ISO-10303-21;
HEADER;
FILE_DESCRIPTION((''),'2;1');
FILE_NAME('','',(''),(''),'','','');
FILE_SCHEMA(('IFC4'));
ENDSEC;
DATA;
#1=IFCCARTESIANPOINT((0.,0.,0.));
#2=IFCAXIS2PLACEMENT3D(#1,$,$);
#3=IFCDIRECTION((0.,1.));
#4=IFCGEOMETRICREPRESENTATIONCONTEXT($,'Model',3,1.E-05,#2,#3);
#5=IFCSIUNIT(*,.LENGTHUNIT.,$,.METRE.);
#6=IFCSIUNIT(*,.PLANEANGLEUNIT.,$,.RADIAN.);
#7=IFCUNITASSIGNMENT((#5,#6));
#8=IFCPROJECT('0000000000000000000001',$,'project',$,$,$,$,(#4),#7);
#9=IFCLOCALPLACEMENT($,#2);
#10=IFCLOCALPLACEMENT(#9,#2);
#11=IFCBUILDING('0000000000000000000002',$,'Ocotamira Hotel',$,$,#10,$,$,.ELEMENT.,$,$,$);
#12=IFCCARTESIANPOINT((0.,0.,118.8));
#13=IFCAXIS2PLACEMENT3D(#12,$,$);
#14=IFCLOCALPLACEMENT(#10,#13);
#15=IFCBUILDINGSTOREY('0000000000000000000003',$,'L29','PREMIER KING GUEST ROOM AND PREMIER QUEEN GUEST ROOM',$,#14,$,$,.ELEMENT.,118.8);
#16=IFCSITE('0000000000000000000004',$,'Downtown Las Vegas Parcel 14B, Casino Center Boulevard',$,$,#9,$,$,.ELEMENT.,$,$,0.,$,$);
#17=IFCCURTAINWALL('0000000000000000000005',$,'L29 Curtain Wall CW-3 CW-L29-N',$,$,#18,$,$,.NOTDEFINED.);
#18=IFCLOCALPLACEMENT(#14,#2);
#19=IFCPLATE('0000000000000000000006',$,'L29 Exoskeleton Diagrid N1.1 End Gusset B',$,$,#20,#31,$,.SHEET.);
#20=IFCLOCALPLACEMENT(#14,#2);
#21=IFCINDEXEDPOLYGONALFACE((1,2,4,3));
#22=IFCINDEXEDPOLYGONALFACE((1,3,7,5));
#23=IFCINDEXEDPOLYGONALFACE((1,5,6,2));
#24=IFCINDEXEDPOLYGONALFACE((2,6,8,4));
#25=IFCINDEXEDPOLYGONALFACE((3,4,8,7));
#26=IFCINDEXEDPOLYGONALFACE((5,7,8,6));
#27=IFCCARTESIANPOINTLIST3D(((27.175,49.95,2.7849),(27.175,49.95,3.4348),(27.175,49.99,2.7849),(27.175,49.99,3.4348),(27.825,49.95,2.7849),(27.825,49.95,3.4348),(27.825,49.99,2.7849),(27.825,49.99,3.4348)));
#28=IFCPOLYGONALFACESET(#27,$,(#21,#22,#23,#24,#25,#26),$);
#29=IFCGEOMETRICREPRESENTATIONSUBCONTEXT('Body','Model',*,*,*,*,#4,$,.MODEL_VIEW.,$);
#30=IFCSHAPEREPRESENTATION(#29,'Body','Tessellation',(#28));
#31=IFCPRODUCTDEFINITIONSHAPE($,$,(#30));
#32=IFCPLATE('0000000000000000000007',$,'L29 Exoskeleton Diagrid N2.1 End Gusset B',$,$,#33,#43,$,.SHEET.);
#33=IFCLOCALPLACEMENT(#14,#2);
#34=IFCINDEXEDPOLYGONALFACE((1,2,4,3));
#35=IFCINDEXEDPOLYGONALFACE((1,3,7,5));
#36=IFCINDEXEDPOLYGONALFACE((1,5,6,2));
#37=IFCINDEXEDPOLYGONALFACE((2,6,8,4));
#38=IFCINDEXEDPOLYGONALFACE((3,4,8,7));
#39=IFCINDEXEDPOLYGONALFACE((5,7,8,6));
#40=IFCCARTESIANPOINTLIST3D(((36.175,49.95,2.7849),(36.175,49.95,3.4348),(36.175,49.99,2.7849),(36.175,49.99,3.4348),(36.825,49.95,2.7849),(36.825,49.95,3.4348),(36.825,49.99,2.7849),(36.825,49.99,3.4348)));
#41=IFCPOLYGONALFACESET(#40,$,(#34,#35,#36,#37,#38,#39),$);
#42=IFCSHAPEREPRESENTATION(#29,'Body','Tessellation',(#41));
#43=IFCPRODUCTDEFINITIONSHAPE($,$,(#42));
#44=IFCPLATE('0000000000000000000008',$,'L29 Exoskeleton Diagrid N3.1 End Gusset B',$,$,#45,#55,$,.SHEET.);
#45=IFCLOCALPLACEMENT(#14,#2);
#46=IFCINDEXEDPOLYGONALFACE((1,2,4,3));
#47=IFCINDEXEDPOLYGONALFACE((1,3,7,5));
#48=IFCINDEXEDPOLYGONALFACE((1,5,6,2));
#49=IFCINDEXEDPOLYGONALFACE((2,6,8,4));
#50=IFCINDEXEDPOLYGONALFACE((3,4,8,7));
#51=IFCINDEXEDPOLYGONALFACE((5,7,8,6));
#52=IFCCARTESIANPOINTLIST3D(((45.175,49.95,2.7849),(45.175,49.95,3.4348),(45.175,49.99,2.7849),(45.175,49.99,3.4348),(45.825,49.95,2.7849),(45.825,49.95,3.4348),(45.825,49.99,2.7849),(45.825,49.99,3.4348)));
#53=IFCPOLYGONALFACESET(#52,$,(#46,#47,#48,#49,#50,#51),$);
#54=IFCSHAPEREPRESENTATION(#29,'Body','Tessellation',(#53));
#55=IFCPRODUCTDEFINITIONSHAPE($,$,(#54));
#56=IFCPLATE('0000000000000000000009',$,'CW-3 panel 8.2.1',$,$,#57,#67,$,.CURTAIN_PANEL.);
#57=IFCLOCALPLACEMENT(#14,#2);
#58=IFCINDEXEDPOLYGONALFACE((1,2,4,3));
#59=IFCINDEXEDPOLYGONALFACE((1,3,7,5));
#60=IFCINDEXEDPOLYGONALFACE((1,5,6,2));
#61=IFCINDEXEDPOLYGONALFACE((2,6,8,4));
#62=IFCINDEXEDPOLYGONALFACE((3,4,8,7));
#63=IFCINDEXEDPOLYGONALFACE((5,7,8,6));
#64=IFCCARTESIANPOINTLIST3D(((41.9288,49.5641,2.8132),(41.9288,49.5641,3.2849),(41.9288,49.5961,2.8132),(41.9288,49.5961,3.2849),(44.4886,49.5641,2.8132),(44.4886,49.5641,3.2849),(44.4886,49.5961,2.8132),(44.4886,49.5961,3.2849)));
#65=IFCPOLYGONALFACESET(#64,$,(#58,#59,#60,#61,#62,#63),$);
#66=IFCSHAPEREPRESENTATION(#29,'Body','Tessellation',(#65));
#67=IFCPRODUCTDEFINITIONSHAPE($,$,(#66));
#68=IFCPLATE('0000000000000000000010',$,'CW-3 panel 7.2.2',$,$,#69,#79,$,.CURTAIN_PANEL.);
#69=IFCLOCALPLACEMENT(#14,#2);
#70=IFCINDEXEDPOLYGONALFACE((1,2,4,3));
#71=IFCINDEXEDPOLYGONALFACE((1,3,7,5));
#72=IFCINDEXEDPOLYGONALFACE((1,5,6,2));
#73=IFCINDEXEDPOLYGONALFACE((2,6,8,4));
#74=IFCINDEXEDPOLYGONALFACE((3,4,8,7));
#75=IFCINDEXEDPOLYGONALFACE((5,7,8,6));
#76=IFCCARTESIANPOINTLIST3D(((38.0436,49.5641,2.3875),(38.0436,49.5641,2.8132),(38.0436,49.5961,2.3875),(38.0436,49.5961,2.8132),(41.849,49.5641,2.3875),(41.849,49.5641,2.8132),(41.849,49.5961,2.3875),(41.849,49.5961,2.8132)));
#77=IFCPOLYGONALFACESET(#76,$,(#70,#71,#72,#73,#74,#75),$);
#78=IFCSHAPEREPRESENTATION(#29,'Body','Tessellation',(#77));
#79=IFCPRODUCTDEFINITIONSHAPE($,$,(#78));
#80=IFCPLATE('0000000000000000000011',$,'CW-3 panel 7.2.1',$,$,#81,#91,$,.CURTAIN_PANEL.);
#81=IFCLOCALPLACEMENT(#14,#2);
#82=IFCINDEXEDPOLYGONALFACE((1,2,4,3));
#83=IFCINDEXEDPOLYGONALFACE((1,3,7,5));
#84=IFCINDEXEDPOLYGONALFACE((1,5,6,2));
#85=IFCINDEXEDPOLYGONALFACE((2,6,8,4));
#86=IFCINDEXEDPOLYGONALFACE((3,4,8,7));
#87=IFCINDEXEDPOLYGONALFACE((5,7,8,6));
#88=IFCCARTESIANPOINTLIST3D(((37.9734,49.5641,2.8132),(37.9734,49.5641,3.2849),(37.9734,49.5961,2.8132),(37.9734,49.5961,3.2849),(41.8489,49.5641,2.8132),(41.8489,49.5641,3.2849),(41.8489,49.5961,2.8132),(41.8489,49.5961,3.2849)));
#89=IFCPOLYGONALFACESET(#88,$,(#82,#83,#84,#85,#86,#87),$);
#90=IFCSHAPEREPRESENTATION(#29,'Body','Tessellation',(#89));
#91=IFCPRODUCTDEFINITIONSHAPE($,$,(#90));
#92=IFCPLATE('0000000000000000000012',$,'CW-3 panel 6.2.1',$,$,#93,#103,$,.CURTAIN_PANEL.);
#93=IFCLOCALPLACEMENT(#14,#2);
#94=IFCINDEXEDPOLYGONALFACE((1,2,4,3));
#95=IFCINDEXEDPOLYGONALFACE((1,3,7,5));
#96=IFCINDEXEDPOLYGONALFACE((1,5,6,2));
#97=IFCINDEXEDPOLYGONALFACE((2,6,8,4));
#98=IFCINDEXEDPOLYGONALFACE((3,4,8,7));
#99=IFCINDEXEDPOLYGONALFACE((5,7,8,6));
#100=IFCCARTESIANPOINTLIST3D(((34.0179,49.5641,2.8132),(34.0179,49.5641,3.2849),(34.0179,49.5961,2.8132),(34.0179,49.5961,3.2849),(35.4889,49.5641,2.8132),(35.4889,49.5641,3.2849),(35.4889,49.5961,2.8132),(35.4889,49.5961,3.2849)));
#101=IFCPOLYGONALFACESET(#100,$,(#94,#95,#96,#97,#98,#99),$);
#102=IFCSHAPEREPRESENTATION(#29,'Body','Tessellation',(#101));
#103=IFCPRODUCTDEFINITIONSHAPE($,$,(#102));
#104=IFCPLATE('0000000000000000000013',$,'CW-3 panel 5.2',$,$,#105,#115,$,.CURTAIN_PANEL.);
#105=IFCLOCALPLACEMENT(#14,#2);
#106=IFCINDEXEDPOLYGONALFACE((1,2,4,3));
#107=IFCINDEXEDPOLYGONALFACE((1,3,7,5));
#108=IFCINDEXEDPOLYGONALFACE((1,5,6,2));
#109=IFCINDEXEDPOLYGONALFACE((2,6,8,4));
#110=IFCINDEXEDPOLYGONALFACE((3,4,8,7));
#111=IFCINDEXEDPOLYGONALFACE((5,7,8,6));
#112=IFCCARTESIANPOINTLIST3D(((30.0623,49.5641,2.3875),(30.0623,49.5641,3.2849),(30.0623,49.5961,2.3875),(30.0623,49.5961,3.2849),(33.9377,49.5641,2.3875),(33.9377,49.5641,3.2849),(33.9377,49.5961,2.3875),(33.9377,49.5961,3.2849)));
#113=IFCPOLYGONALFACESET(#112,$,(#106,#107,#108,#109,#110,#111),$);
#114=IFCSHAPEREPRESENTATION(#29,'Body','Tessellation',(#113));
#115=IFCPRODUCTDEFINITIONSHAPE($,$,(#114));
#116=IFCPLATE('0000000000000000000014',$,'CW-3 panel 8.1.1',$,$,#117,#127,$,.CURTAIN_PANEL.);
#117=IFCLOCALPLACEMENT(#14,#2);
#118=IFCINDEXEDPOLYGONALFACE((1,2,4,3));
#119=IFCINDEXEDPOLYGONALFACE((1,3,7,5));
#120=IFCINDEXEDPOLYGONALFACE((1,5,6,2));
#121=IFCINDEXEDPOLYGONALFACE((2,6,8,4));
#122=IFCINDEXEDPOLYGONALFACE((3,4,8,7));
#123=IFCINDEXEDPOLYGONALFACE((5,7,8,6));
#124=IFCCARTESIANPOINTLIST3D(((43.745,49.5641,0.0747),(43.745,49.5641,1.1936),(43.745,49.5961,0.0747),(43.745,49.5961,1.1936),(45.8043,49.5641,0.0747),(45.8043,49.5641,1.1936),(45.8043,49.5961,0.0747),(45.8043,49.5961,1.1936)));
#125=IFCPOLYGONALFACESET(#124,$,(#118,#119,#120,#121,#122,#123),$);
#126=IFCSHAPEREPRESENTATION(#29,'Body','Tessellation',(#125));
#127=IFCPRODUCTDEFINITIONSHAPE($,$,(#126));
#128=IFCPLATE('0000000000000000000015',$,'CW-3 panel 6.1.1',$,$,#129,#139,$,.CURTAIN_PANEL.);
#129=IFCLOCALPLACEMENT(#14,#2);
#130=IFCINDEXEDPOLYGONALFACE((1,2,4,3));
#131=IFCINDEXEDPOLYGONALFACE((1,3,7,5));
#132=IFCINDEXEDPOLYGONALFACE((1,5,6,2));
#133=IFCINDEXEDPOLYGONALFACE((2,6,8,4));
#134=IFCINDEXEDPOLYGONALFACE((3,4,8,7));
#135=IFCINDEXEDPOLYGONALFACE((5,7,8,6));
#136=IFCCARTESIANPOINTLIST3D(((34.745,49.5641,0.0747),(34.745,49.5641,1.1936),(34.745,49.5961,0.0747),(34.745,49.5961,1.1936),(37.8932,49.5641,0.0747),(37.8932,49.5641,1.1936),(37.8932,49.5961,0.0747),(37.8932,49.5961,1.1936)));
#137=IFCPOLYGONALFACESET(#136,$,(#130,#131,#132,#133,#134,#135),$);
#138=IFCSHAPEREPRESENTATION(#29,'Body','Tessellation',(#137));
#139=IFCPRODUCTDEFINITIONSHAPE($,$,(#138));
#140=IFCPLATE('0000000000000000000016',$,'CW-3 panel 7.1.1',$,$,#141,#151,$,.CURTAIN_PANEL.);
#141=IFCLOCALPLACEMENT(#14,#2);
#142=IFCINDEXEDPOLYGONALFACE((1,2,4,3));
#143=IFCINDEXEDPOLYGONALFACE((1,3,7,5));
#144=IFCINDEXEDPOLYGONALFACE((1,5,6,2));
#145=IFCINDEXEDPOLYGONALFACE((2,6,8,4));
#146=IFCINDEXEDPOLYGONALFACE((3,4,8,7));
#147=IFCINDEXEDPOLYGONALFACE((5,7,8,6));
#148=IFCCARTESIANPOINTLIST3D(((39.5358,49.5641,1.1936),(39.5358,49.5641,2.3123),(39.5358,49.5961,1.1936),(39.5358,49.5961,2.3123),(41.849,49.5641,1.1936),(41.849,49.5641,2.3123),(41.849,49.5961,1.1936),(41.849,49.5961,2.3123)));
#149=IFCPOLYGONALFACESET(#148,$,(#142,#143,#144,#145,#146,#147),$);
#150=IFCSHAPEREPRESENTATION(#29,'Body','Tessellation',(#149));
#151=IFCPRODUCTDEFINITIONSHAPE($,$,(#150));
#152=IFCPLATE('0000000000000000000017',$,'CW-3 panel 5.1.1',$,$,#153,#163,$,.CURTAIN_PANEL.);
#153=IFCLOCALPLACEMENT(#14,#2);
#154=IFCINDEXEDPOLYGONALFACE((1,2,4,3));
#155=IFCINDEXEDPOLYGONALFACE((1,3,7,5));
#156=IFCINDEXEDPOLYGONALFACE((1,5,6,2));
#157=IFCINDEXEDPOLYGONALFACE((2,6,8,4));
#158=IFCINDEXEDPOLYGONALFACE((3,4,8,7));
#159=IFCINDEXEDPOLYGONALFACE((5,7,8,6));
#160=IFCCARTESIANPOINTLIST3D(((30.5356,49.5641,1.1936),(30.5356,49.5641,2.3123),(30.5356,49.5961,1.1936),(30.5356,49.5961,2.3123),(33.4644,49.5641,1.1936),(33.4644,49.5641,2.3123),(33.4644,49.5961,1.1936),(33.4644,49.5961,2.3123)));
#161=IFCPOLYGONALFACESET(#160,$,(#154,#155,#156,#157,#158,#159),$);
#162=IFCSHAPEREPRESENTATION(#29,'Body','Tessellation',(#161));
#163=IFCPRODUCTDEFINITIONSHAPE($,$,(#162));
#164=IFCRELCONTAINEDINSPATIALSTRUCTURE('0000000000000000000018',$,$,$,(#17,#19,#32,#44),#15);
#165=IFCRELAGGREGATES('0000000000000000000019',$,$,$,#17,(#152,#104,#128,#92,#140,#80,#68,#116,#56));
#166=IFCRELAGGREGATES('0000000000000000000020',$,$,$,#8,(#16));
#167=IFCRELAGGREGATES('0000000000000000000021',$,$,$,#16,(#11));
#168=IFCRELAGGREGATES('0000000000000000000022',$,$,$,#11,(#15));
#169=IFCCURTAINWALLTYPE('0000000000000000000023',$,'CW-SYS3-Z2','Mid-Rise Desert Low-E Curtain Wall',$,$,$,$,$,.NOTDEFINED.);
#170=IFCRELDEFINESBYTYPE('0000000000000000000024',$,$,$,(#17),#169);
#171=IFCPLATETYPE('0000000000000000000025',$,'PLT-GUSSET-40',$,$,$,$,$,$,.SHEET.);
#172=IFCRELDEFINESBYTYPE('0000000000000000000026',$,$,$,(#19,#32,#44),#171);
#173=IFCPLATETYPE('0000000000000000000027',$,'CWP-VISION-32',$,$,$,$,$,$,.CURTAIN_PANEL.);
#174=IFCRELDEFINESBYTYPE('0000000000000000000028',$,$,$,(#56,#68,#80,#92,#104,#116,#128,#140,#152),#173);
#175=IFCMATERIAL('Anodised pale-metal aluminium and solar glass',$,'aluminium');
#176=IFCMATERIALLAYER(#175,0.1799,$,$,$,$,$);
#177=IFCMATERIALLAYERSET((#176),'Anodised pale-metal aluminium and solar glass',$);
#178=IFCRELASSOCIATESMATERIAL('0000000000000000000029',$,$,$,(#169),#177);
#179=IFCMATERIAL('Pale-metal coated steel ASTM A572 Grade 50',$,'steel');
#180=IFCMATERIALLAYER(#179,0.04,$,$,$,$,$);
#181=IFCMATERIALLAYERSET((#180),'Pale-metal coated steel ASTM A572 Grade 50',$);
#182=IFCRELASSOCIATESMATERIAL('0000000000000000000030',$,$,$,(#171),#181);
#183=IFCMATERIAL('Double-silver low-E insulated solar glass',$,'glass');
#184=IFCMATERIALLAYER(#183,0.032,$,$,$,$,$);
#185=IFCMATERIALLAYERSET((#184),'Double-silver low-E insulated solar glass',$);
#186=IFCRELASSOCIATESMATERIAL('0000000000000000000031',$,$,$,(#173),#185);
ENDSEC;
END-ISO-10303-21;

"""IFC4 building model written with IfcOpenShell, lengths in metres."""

from ifc_helpers import new_model, si_unit, direction, frame, origin, origin_2d, place, context, subcontext, project, spatial, rectangle, extrude, source, transform, mapped, material, layer, layer_set, type_object, element, aggregate, save


model = new_model("IFC4")

# Units and contexts
model_context = context("Model", 3, precision=1e-05, world=origin(), true_north=direction((0.0, 1.0)))
body_context = subcontext(model_context, "Body", "Model", "MODEL_VIEW")
ifc_project = project(units=[si_unit("LENGTHUNIT", "METRE"), si_unit("PLANEANGLEUNIT", "RADIAN")], contexts=[model_context])

# Site, building, storey
site_placement = place(None, origin())
site = spatial("IfcSite", under=ifc_project, at=site_placement, Name="Downtown Las Vegas Parcel 14B, Casino Center Boulevard", CompositionType="ELEMENT", RefElevation=0.0)
building_placement = place(site_placement, origin())
building = spatial("IfcBuilding", under=site, at=building_placement, Name="Ocotamira Hotel", CompositionType="ELEMENT")
storey_placement = place(building_placement, frame((0.0, 0.0, 118.8)))
storey = spatial("IfcBuildingStorey", under=building, at=storey_placement, Name="L29", Description="PREMIER KING GUEST ROOM AND PREMIER QUEEN GUEST ROOM", CompositionType="ELEMENT", Elevation=118.8)

# Curtain wall
ifc_material_1 = material(Name="Anodised pale-metal aluminium and solar glass", Category="aluminium")
ifc_layer_1 = layer(ifc_material_1, 0.1799)
ifc_layer_set_1 = layer_set([ifc_layer_1], Name="Anodised pale-metal aluminium and solar glass")
curtain_wall_type = type_object("IfcCurtainWallType", Name="CW-SYS3-Z2", Description="Mid-Rise Desert Low-E Curtain Wall", PredefinedType="NOTDEFINED", material=ifc_layer_set_1)
curtain_wall_placement = place(storey_placement, origin())
curtain_wall = element("IfcCurtainWall", 1, at=curtain_wall_placement, inside=storey, type_object=curtain_wall_type, Name="L29 Curtain Wall CW-3 CW-L29-N", PredefinedType="NOTDEFINED")

# Plates
ifc_material_2 = material(Name="Pale-metal coated steel ASTM A572 Grade 50", Category="steel")
ifc_layer_2 = layer(ifc_material_2, 0.04)
ifc_layer_set_2 = layer_set([ifc_layer_2], Name="Pale-metal coated steel ASTM A572 Grade 50")
plate_type_1 = type_object("IfcPlateType", Name="PLT-GUSSET-40", PredefinedType="SHEET", material=ifc_layer_set_2)
shared_shape_1 = source(origin(), body_context, "Body", "SweptSolid", [
    extrude(rectangle(XDim=0.6499, YDim=0.04, at=origin_2d()), origin(), (0.0, 0.0, 1.0), 0.6499),
])
for number, where, z_axis, x_axis, name in (
    (2, (27.5, 49.97, 2.7849), (0.0, 0.0, 1.0), (1.0, 0.0, 0.0), "L29 Exoskeleton Diagrid N1.1 End Gusset B"),
    (3, (36.5, 49.97, 2.7849), (0.0, 0.0, 1.0), (1.0, 0.0, 0.0), "L29 Exoskeleton Diagrid N2.1 End Gusset B"),
    (4, (45.5, 49.97, 2.7849), (0.0, 0.0, 1.0), (1.0, 0.0, 0.0), "L29 Exoskeleton Diagrid N3.1 End Gusset B"),
):
    element("IfcPlate", number, at=place(storey_placement, frame(where, z_axis=z_axis, x_axis=x_axis)), inside=storey, type_object=plate_type_1, Name=name, PredefinedType="SHEET", context=body_context, shape_type="MappedRepresentation", body=[
        mapped(shared_shape_1, transform((0.0, 0.0, 0.0), scale=1.0)),
    ])

# Plates
ifc_material_3 = material(Name="Double-silver low-E insulated solar glass", Category="glass")
ifc_layer_3 = layer(ifc_material_3, 0.032)
ifc_layer_set_3 = layer_set([ifc_layer_3], Name="Double-silver low-E insulated solar glass")
plate_type_2 = type_object("IfcPlateType", Name="CWP-VISION-32", PredefinedType="CURTAIN_PANEL", material=ifc_layer_set_3)
shared_shape_2 = source(origin(), body_context, "Body", "SweptSolid", [
    extrude(rectangle(XDim=2.5598, YDim=0.032, at=origin_2d()), origin(), (0.0, 0.0, 1.0), 0.4717),
])
plate_1_placement = place(storey_placement, frame((43.2087, 49.5801, 2.8132), z_axis=(0.0, 0.0, 1.0), x_axis=(1.0, 0.0, 0.0)))
plate_1 = element("IfcPlate", 5, at=plate_1_placement, type_object=plate_type_2, Name="CW-3 panel 8.2.1", PredefinedType="CURTAIN_PANEL", context=body_context, shape_type="MappedRepresentation", body=[
    mapped(shared_shape_2, transform((0.0, 0.0, 0.0), scale=1.0)),
])
shared_shape_3 = source(origin(), body_context, "Body", "SweptSolid", [
    extrude(rectangle(XDim=3.8054, YDim=0.032, at=origin_2d()), origin(), (0.0, 0.0, 1.0), 0.4258),
])
plate_2_placement = place(storey_placement, frame((39.9463, 49.5801, 2.3875), z_axis=(0.0, 0.0, 1.0), x_axis=(1.0, 0.0, 0.0)))
plate_2 = element("IfcPlate", 6, at=plate_2_placement, type_object=plate_type_2, Name="CW-3 panel 7.2.2", PredefinedType="CURTAIN_PANEL", context=body_context, shape_type="MappedRepresentation", body=[
    mapped(shared_shape_3, transform((0.0, 0.0, 0.0), scale=1.0)),
])
shared_shape_4 = source(origin(), body_context, "Body", "SweptSolid", [
    extrude(rectangle(XDim=3.8755, YDim=0.032, at=origin_2d()), origin(), (0.0, 0.0, 1.0), 0.4717),
])
plate_3_placement = place(storey_placement, frame((39.9111, 49.5801, 2.8132), z_axis=(0.0, 0.0, 1.0), x_axis=(1.0, 0.0, 0.0)))
plate_3 = element("IfcPlate", 7, at=plate_3_placement, type_object=plate_type_2, Name="CW-3 panel 7.2.1", PredefinedType="CURTAIN_PANEL", context=body_context, shape_type="MappedRepresentation", body=[
    mapped(shared_shape_4, transform((0.0, 0.0, 0.0), scale=1.0)),
])
shared_shape_5 = source(origin(), body_context, "Body", "SweptSolid", [
    extrude(rectangle(XDim=1.4709, YDim=0.032, at=origin_2d()), origin(), (0.0, 0.0, 1.0), 0.4717),
])
plate_4_placement = place(storey_placement, frame((34.7534, 49.5801, 2.8132), z_axis=(0.0, 0.0, 1.0), x_axis=(1.0, 0.0, 0.0)))
plate_4 = element("IfcPlate", 8, at=plate_4_placement, type_object=plate_type_2, Name="CW-3 panel 6.2.1", PredefinedType="CURTAIN_PANEL", context=body_context, shape_type="MappedRepresentation", body=[
    mapped(shared_shape_5, transform((0.0, 0.0, 0.0), scale=1.0)),
])
shared_shape_6 = source(origin(), body_context, "Body", "SweptSolid", [
    extrude(rectangle(XDim=3.8755, YDim=0.032, at=origin_2d()), origin(), (0.0, 0.0, 1.0), 0.8975),
])
plate_5_placement = place(storey_placement, frame((32.0, 49.5801, 2.3875), z_axis=(0.0, 0.0, 1.0), x_axis=(1.0, 0.0, 0.0)))
plate_5 = element("IfcPlate", 9, at=plate_5_placement, type_object=plate_type_2, Name="CW-3 panel 5.2", PredefinedType="CURTAIN_PANEL", context=body_context, shape_type="MappedRepresentation", body=[
    mapped(shared_shape_6, transform((0.0, 0.0, 0.0), scale=1.0)),
])
shared_shape_7 = source(origin(), body_context, "Body", "SweptSolid", [
    extrude(rectangle(XDim=2.0593, YDim=0.032, at=origin_2d()), origin(), (0.0, 0.0, 1.0), 1.1189),
])
plate_6_placement = place(storey_placement, frame((44.7747, 49.5801, 0.0747), z_axis=(0.0, 0.0, 1.0), x_axis=(1.0, 0.0, 0.0)))
plate_6 = element("IfcPlate", 10, at=plate_6_placement, type_object=plate_type_2, Name="CW-3 panel 8.1.1", PredefinedType="CURTAIN_PANEL", context=body_context, shape_type="MappedRepresentation", body=[
    mapped(shared_shape_7, transform((0.0, 0.0, 0.0), scale=1.0)),
])
shared_shape_8 = source(origin(), body_context, "Body", "SweptSolid", [
    extrude(rectangle(XDim=3.1482, YDim=0.032, at=origin_2d()), origin(), (0.0, 0.0, 1.0), 1.1189),
])
plate_7_placement = place(storey_placement, frame((36.3191, 49.5801, 0.0747), z_axis=(0.0, 0.0, 1.0), x_axis=(1.0, 0.0, 0.0)))
plate_7 = element("IfcPlate", 11, at=plate_7_placement, type_object=plate_type_2, Name="CW-3 panel 6.1.1", PredefinedType="CURTAIN_PANEL", context=body_context, shape_type="MappedRepresentation", body=[
    mapped(shared_shape_8, transform((0.0, 0.0, 0.0), scale=1.0)),
])
shared_shape_9 = source(origin(), body_context, "Body", "SweptSolid", [
    extrude(rectangle(XDim=2.3132, YDim=0.032, at=origin_2d()), origin(), (0.0, 0.0, 1.0), 1.1187),
])
plate_8_placement = place(storey_placement, frame((40.6924, 49.5801, 1.1936), z_axis=(0.0, 0.0, 1.0), x_axis=(1.0, 0.0, 0.0)))
plate_8 = element("IfcPlate", 12, at=plate_8_placement, type_object=plate_type_2, Name="CW-3 panel 7.1.1", PredefinedType="CURTAIN_PANEL", context=body_context, shape_type="MappedRepresentation", body=[
    mapped(shared_shape_9, transform((0.0, 0.0, 0.0), scale=1.0)),
])
shared_shape_10 = source(origin(), body_context, "Body", "SweptSolid", [
    extrude(rectangle(XDim=2.9287, YDim=0.032, at=origin_2d()), origin(), (0.0, 0.0, 1.0), 1.1187),
])
plate_9_placement = place(storey_placement, frame((32.0, 49.5801, 1.1936), z_axis=(0.0, 0.0, 1.0), x_axis=(1.0, 0.0, 0.0)))
plate_9 = element("IfcPlate", 13, at=plate_9_placement, type_object=plate_type_2, Name="CW-3 panel 5.1.1", PredefinedType="CURTAIN_PANEL", context=body_context, shape_type="MappedRepresentation", body=[
    mapped(shared_shape_10, transform((0.0, 0.0, 0.0), scale=1.0)),
])
aggregate(curtain_wall, [plate_9, plate_5, plate_7, plate_4, plate_8, plate_3, plate_2, plate_6, plate_1])

save(model, "model.ifc")
